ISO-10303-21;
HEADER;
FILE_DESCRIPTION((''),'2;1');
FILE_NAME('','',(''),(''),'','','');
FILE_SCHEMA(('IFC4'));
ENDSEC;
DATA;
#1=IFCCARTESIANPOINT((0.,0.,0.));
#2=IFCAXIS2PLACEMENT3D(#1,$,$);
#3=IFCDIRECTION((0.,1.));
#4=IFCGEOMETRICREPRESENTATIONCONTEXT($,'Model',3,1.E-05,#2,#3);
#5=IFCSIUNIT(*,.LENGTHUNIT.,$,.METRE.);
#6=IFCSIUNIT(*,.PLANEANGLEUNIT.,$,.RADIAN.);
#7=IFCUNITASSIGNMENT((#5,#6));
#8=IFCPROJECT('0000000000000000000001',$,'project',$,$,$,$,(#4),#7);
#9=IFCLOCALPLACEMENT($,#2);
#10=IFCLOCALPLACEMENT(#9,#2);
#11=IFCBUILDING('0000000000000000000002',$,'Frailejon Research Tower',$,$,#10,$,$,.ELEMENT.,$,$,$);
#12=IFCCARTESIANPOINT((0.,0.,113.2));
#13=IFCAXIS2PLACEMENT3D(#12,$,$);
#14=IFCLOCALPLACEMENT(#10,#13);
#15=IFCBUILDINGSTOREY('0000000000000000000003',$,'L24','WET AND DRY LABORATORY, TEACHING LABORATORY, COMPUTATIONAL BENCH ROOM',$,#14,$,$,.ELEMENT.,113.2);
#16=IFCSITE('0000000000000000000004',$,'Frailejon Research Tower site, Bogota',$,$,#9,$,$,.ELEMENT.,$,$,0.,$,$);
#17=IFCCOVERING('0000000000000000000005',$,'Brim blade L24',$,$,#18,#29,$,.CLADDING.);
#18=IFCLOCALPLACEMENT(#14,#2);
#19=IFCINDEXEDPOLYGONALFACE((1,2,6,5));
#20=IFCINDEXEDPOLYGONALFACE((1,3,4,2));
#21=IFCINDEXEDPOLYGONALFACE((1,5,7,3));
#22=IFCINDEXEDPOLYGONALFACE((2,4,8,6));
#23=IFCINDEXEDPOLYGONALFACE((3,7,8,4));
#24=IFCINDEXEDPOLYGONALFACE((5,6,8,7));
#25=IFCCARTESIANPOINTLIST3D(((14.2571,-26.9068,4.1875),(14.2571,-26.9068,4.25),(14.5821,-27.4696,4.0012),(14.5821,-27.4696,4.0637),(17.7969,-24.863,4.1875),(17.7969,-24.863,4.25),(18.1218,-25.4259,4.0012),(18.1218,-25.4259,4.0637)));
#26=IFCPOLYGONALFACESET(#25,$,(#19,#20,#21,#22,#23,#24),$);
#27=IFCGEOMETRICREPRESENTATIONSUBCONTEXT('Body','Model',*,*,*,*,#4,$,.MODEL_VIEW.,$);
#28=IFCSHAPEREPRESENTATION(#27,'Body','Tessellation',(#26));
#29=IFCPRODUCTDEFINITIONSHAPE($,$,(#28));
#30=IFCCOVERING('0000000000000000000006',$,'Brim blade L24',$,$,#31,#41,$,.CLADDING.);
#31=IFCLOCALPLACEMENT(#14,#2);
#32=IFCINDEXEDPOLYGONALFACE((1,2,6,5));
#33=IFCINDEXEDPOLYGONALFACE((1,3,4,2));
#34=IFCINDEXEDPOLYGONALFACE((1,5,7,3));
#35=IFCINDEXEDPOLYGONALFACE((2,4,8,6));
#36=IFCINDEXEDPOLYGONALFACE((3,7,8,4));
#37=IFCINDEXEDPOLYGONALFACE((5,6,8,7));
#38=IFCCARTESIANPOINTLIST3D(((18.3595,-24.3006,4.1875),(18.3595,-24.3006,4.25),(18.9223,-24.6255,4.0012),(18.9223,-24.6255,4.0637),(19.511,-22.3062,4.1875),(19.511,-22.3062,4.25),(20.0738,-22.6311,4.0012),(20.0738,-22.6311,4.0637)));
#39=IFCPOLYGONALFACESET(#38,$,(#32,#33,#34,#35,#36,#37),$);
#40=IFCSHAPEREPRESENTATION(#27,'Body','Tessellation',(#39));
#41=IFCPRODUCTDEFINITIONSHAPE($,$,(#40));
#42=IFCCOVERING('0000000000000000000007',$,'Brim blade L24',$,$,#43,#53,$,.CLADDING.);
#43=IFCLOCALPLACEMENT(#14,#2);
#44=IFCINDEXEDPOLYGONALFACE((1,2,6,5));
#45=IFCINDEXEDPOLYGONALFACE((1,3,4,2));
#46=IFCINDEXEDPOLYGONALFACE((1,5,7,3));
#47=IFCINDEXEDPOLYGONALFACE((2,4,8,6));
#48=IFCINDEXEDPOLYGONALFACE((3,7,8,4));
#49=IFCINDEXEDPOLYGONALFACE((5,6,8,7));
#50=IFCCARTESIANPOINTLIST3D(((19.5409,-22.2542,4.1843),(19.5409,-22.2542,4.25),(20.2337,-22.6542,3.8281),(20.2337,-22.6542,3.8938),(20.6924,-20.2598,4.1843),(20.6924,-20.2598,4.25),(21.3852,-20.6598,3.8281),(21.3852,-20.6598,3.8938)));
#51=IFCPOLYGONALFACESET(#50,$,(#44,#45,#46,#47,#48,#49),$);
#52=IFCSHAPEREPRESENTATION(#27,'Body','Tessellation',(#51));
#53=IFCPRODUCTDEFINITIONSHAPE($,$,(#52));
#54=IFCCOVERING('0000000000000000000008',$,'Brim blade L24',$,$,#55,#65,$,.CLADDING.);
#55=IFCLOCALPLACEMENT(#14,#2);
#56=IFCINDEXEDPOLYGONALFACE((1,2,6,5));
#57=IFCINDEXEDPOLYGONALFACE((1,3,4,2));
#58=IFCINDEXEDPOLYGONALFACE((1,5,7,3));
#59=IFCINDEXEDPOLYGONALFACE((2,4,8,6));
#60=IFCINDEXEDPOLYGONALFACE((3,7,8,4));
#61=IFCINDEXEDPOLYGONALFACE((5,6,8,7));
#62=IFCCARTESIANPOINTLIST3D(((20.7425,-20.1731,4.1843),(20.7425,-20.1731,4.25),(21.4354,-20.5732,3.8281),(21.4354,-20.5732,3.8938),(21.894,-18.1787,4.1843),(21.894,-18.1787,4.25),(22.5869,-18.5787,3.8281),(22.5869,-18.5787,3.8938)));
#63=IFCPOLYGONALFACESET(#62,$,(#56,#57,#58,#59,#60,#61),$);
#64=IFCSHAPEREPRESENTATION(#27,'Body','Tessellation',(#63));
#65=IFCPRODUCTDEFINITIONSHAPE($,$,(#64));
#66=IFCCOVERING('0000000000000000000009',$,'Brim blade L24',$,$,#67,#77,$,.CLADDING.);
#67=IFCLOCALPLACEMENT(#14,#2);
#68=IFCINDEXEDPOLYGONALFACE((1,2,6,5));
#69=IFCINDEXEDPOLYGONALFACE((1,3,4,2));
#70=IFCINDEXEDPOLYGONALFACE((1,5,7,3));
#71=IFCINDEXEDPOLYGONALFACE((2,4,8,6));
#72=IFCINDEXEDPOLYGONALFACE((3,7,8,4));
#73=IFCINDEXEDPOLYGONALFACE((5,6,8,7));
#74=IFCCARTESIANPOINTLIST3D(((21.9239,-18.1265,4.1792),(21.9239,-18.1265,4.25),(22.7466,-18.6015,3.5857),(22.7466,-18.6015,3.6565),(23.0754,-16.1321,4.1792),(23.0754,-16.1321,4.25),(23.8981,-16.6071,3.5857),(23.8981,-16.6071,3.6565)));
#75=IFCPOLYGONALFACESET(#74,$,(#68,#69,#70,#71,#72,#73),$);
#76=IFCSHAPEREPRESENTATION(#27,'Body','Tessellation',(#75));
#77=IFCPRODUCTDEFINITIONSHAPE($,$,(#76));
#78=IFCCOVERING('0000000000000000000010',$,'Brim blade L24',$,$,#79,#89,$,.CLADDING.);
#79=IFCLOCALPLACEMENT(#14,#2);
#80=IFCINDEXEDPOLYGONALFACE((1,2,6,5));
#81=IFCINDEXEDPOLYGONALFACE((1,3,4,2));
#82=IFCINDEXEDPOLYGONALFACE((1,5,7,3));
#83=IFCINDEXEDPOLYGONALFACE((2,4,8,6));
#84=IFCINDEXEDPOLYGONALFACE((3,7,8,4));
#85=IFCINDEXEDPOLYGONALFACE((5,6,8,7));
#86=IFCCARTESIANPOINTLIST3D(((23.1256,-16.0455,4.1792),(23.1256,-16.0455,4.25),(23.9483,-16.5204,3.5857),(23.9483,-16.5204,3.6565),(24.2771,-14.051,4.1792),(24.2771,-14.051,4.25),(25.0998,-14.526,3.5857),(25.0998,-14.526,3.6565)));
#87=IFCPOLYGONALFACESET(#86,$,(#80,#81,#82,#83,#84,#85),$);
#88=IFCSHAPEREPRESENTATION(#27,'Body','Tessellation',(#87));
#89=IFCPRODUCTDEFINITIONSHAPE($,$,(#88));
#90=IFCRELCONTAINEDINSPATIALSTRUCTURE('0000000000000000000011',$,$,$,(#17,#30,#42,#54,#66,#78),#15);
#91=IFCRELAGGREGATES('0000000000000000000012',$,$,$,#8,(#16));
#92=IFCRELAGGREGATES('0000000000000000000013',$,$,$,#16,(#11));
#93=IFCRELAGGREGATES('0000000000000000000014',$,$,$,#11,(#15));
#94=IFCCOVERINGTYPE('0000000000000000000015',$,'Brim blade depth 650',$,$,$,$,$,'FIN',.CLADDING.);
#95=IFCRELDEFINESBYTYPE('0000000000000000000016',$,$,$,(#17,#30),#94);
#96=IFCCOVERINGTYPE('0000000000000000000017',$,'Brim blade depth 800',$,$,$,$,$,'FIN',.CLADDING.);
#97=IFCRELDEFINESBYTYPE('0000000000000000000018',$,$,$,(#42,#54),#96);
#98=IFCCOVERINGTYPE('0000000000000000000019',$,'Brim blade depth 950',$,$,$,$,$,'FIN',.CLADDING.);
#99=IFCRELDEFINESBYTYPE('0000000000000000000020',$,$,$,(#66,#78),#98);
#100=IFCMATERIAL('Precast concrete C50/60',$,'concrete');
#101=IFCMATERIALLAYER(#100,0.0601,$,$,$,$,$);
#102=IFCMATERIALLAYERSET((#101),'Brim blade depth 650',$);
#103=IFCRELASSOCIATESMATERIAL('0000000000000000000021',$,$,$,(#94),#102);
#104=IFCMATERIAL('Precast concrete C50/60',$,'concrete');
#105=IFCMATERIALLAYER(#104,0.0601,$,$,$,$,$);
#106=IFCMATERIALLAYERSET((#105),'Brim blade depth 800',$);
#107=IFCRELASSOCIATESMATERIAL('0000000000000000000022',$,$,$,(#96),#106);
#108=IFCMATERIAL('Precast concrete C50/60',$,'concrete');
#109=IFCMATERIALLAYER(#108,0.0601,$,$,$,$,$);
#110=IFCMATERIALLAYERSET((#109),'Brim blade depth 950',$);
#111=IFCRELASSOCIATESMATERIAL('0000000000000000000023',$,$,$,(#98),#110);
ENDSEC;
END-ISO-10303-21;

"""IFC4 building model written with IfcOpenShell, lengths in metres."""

from ifc_helpers import new_model, si_unit, direction, frame, origin, place, context, subcontext, project, spatial, polyline, outline, extrude, material, layer, layer_set, type_object, element, save


model = new_model("IFC4")

# Units and contexts
model_context = context("Model", 3, precision=1e-05, world=origin(), true_north=direction((0.0, 1.0)))
body_context = subcontext(model_context, "Body", "Model", "MODEL_VIEW")
ifc_project = project(units=[si_unit("LENGTHUNIT", "METRE"), si_unit("PLANEANGLEUNIT", "RADIAN")], contexts=[model_context])

# Site, building, storey
site_placement = place(None, origin())
site = spatial("IfcSite", under=ifc_project, at=site_placement, Name="Frailejon Research Tower site, Bogota", CompositionType="ELEMENT", RefElevation=0.0)
building_placement = place(site_placement, origin())
building = spatial("IfcBuilding", under=site, at=building_placement, Name="Frailejon Research Tower", CompositionType="ELEMENT")
storey_placement = place(building_placement, frame((0.0, 0.0, 113.2)))
storey = spatial("IfcBuildingStorey", under=building, at=storey_placement, Name="L24", Description="WET AND DRY LABORATORY, TEACHING LABORATORY, COMPUTATIONAL BENCH ROOM", CompositionType="ELEMENT", Elevation=113.2)

# Coverings
ifc_material_1 = material(Name="Precast concrete C50/60", Category="concrete")
ifc_layer_1 = layer(ifc_material_1, 0.0601)
ifc_layer_set_1 = layer_set([ifc_layer_1], Name="Brim blade depth 650")
covering_type_1 = type_object("IfcCoveringType", Name="Brim blade depth 650", ElementType="FIN", PredefinedType="CLADDING", material=ifc_layer_set_1)
covering_1_placement = place(storey_placement, frame((17.7969, -24.863, 4.25), z_axis=(-0.866021, -0.500007, 0.0), x_axis=(0.500007, -0.866021, 0.0)))
element("IfcCovering", 1, at=covering_1_placement, inside=storey, type_object=covering_type_1, Name="Brim blade L24", PredefinedType="CLADDING", context=body_context, shape_type="SweptSolid", body=[
    extrude(outline(polyline([(0.0, -0.0625), (0.6499, -0.2488), (0.6499, -0.1863), (0.0, 0.0), (0.0, -0.0625)])), origin(), (0.0, 0.0, 1.0), 4.0874),
])
covering_2_placement = place(storey_placement, frame((19.511, -22.3062, 4.25), z_axis=(-0.500014, -0.866018, 0.0), x_axis=(0.866018, -0.500014, 0.0)))
element("IfcCovering", 2, at=covering_2_placement, inside=storey, type_object=covering_type_1, Name="Brim blade L24", PredefinedType="CLADDING", context=body_context, shape_type="SweptSolid", body=[
    extrude(outline(polyline([(0.0, -0.0625), (0.6499, -0.2488), (0.6499, -0.1863), (0.0, 0.0), (0.0, -0.0625)])), origin(), (0.0, 0.0, 1.0), 2.303),
])
ifc_material_2 = material(Name="Precast concrete C50/60", Category="concrete")
ifc_layer_2 = layer(ifc_material_2, 0.0601)
ifc_layer_set_2 = layer_set([ifc_layer_2], Name="Brim blade depth 800")
covering_type_2 = type_object("IfcCoveringType", Name="Brim blade depth 800", ElementType="FIN", PredefinedType="CLADDING", material=ifc_layer_set_2)
for number, where, z_axis, x_axis, name in (
    (3, (20.6924, -20.2598, 4.25), (-0.500014, -0.866018, 0.0), (0.866018, -0.500014, 0.0), "Brim blade L24"),
    (4, (21.894, -18.1787, 4.25), (-0.500005, -0.866023, 0.0), (0.866023, -0.500005, 0.0), "Brim blade L24"),
):
    element("IfcCovering", number, at=place(storey_placement, frame(where, z_axis=z_axis, x_axis=x_axis)), inside=storey, type_object=covering_type_2, Name=name, PredefinedType="CLADDING", context=body_context, shape_type="SweptSolid", body=[
        extrude(outline(polyline([(0.0, -0.0657), (0.8, -0.4219), (0.8, -0.3562), (0.0, 0.0), (0.0, -0.0657)])), origin(), (0.0, 0.0, 1.0), 2.303),
    ])
ifc_material_3 = material(Name="Precast concrete C50/60", Category="concrete")
ifc_layer_3 = layer(ifc_material_3, 0.0601)
ifc_layer_set_3 = layer_set([ifc_layer_3], Name="Brim blade depth 950")
covering_type_3 = type_object("IfcCoveringType", Name="Brim blade depth 950", ElementType="FIN", PredefinedType="CLADDING", material=ifc_layer_set_3)
for number, where, z_axis, x_axis, name in (
    (5, (23.0754, -16.1321, 4.25), (-0.500005, -0.866023, 0.0), (0.866023, -0.500005, 0.0), "Brim blade L24"),
    (6, (24.2771, -14.051, 4.25), (-0.499989, -0.866032, 0.0), (0.866032, -0.499989, 0.0), "Brim blade L24"),
):
    element("IfcCovering", number, at=place(storey_placement, frame(where, z_axis=z_axis, x_axis=x_axis)), inside=storey, type_object=covering_type_3, Name=name, PredefinedType="CLADDING", context=body_context, shape_type="SweptSolid", body=[
        extrude(outline(polyline([(0.0, -0.0708), (0.95, -0.6643), (0.95, -0.5935), (0.0, 0.0), (0.0, -0.0708)])), origin(), (0.0, 0.0, 1.0), 2.303),
    ])

save(model, "model.ifc")
